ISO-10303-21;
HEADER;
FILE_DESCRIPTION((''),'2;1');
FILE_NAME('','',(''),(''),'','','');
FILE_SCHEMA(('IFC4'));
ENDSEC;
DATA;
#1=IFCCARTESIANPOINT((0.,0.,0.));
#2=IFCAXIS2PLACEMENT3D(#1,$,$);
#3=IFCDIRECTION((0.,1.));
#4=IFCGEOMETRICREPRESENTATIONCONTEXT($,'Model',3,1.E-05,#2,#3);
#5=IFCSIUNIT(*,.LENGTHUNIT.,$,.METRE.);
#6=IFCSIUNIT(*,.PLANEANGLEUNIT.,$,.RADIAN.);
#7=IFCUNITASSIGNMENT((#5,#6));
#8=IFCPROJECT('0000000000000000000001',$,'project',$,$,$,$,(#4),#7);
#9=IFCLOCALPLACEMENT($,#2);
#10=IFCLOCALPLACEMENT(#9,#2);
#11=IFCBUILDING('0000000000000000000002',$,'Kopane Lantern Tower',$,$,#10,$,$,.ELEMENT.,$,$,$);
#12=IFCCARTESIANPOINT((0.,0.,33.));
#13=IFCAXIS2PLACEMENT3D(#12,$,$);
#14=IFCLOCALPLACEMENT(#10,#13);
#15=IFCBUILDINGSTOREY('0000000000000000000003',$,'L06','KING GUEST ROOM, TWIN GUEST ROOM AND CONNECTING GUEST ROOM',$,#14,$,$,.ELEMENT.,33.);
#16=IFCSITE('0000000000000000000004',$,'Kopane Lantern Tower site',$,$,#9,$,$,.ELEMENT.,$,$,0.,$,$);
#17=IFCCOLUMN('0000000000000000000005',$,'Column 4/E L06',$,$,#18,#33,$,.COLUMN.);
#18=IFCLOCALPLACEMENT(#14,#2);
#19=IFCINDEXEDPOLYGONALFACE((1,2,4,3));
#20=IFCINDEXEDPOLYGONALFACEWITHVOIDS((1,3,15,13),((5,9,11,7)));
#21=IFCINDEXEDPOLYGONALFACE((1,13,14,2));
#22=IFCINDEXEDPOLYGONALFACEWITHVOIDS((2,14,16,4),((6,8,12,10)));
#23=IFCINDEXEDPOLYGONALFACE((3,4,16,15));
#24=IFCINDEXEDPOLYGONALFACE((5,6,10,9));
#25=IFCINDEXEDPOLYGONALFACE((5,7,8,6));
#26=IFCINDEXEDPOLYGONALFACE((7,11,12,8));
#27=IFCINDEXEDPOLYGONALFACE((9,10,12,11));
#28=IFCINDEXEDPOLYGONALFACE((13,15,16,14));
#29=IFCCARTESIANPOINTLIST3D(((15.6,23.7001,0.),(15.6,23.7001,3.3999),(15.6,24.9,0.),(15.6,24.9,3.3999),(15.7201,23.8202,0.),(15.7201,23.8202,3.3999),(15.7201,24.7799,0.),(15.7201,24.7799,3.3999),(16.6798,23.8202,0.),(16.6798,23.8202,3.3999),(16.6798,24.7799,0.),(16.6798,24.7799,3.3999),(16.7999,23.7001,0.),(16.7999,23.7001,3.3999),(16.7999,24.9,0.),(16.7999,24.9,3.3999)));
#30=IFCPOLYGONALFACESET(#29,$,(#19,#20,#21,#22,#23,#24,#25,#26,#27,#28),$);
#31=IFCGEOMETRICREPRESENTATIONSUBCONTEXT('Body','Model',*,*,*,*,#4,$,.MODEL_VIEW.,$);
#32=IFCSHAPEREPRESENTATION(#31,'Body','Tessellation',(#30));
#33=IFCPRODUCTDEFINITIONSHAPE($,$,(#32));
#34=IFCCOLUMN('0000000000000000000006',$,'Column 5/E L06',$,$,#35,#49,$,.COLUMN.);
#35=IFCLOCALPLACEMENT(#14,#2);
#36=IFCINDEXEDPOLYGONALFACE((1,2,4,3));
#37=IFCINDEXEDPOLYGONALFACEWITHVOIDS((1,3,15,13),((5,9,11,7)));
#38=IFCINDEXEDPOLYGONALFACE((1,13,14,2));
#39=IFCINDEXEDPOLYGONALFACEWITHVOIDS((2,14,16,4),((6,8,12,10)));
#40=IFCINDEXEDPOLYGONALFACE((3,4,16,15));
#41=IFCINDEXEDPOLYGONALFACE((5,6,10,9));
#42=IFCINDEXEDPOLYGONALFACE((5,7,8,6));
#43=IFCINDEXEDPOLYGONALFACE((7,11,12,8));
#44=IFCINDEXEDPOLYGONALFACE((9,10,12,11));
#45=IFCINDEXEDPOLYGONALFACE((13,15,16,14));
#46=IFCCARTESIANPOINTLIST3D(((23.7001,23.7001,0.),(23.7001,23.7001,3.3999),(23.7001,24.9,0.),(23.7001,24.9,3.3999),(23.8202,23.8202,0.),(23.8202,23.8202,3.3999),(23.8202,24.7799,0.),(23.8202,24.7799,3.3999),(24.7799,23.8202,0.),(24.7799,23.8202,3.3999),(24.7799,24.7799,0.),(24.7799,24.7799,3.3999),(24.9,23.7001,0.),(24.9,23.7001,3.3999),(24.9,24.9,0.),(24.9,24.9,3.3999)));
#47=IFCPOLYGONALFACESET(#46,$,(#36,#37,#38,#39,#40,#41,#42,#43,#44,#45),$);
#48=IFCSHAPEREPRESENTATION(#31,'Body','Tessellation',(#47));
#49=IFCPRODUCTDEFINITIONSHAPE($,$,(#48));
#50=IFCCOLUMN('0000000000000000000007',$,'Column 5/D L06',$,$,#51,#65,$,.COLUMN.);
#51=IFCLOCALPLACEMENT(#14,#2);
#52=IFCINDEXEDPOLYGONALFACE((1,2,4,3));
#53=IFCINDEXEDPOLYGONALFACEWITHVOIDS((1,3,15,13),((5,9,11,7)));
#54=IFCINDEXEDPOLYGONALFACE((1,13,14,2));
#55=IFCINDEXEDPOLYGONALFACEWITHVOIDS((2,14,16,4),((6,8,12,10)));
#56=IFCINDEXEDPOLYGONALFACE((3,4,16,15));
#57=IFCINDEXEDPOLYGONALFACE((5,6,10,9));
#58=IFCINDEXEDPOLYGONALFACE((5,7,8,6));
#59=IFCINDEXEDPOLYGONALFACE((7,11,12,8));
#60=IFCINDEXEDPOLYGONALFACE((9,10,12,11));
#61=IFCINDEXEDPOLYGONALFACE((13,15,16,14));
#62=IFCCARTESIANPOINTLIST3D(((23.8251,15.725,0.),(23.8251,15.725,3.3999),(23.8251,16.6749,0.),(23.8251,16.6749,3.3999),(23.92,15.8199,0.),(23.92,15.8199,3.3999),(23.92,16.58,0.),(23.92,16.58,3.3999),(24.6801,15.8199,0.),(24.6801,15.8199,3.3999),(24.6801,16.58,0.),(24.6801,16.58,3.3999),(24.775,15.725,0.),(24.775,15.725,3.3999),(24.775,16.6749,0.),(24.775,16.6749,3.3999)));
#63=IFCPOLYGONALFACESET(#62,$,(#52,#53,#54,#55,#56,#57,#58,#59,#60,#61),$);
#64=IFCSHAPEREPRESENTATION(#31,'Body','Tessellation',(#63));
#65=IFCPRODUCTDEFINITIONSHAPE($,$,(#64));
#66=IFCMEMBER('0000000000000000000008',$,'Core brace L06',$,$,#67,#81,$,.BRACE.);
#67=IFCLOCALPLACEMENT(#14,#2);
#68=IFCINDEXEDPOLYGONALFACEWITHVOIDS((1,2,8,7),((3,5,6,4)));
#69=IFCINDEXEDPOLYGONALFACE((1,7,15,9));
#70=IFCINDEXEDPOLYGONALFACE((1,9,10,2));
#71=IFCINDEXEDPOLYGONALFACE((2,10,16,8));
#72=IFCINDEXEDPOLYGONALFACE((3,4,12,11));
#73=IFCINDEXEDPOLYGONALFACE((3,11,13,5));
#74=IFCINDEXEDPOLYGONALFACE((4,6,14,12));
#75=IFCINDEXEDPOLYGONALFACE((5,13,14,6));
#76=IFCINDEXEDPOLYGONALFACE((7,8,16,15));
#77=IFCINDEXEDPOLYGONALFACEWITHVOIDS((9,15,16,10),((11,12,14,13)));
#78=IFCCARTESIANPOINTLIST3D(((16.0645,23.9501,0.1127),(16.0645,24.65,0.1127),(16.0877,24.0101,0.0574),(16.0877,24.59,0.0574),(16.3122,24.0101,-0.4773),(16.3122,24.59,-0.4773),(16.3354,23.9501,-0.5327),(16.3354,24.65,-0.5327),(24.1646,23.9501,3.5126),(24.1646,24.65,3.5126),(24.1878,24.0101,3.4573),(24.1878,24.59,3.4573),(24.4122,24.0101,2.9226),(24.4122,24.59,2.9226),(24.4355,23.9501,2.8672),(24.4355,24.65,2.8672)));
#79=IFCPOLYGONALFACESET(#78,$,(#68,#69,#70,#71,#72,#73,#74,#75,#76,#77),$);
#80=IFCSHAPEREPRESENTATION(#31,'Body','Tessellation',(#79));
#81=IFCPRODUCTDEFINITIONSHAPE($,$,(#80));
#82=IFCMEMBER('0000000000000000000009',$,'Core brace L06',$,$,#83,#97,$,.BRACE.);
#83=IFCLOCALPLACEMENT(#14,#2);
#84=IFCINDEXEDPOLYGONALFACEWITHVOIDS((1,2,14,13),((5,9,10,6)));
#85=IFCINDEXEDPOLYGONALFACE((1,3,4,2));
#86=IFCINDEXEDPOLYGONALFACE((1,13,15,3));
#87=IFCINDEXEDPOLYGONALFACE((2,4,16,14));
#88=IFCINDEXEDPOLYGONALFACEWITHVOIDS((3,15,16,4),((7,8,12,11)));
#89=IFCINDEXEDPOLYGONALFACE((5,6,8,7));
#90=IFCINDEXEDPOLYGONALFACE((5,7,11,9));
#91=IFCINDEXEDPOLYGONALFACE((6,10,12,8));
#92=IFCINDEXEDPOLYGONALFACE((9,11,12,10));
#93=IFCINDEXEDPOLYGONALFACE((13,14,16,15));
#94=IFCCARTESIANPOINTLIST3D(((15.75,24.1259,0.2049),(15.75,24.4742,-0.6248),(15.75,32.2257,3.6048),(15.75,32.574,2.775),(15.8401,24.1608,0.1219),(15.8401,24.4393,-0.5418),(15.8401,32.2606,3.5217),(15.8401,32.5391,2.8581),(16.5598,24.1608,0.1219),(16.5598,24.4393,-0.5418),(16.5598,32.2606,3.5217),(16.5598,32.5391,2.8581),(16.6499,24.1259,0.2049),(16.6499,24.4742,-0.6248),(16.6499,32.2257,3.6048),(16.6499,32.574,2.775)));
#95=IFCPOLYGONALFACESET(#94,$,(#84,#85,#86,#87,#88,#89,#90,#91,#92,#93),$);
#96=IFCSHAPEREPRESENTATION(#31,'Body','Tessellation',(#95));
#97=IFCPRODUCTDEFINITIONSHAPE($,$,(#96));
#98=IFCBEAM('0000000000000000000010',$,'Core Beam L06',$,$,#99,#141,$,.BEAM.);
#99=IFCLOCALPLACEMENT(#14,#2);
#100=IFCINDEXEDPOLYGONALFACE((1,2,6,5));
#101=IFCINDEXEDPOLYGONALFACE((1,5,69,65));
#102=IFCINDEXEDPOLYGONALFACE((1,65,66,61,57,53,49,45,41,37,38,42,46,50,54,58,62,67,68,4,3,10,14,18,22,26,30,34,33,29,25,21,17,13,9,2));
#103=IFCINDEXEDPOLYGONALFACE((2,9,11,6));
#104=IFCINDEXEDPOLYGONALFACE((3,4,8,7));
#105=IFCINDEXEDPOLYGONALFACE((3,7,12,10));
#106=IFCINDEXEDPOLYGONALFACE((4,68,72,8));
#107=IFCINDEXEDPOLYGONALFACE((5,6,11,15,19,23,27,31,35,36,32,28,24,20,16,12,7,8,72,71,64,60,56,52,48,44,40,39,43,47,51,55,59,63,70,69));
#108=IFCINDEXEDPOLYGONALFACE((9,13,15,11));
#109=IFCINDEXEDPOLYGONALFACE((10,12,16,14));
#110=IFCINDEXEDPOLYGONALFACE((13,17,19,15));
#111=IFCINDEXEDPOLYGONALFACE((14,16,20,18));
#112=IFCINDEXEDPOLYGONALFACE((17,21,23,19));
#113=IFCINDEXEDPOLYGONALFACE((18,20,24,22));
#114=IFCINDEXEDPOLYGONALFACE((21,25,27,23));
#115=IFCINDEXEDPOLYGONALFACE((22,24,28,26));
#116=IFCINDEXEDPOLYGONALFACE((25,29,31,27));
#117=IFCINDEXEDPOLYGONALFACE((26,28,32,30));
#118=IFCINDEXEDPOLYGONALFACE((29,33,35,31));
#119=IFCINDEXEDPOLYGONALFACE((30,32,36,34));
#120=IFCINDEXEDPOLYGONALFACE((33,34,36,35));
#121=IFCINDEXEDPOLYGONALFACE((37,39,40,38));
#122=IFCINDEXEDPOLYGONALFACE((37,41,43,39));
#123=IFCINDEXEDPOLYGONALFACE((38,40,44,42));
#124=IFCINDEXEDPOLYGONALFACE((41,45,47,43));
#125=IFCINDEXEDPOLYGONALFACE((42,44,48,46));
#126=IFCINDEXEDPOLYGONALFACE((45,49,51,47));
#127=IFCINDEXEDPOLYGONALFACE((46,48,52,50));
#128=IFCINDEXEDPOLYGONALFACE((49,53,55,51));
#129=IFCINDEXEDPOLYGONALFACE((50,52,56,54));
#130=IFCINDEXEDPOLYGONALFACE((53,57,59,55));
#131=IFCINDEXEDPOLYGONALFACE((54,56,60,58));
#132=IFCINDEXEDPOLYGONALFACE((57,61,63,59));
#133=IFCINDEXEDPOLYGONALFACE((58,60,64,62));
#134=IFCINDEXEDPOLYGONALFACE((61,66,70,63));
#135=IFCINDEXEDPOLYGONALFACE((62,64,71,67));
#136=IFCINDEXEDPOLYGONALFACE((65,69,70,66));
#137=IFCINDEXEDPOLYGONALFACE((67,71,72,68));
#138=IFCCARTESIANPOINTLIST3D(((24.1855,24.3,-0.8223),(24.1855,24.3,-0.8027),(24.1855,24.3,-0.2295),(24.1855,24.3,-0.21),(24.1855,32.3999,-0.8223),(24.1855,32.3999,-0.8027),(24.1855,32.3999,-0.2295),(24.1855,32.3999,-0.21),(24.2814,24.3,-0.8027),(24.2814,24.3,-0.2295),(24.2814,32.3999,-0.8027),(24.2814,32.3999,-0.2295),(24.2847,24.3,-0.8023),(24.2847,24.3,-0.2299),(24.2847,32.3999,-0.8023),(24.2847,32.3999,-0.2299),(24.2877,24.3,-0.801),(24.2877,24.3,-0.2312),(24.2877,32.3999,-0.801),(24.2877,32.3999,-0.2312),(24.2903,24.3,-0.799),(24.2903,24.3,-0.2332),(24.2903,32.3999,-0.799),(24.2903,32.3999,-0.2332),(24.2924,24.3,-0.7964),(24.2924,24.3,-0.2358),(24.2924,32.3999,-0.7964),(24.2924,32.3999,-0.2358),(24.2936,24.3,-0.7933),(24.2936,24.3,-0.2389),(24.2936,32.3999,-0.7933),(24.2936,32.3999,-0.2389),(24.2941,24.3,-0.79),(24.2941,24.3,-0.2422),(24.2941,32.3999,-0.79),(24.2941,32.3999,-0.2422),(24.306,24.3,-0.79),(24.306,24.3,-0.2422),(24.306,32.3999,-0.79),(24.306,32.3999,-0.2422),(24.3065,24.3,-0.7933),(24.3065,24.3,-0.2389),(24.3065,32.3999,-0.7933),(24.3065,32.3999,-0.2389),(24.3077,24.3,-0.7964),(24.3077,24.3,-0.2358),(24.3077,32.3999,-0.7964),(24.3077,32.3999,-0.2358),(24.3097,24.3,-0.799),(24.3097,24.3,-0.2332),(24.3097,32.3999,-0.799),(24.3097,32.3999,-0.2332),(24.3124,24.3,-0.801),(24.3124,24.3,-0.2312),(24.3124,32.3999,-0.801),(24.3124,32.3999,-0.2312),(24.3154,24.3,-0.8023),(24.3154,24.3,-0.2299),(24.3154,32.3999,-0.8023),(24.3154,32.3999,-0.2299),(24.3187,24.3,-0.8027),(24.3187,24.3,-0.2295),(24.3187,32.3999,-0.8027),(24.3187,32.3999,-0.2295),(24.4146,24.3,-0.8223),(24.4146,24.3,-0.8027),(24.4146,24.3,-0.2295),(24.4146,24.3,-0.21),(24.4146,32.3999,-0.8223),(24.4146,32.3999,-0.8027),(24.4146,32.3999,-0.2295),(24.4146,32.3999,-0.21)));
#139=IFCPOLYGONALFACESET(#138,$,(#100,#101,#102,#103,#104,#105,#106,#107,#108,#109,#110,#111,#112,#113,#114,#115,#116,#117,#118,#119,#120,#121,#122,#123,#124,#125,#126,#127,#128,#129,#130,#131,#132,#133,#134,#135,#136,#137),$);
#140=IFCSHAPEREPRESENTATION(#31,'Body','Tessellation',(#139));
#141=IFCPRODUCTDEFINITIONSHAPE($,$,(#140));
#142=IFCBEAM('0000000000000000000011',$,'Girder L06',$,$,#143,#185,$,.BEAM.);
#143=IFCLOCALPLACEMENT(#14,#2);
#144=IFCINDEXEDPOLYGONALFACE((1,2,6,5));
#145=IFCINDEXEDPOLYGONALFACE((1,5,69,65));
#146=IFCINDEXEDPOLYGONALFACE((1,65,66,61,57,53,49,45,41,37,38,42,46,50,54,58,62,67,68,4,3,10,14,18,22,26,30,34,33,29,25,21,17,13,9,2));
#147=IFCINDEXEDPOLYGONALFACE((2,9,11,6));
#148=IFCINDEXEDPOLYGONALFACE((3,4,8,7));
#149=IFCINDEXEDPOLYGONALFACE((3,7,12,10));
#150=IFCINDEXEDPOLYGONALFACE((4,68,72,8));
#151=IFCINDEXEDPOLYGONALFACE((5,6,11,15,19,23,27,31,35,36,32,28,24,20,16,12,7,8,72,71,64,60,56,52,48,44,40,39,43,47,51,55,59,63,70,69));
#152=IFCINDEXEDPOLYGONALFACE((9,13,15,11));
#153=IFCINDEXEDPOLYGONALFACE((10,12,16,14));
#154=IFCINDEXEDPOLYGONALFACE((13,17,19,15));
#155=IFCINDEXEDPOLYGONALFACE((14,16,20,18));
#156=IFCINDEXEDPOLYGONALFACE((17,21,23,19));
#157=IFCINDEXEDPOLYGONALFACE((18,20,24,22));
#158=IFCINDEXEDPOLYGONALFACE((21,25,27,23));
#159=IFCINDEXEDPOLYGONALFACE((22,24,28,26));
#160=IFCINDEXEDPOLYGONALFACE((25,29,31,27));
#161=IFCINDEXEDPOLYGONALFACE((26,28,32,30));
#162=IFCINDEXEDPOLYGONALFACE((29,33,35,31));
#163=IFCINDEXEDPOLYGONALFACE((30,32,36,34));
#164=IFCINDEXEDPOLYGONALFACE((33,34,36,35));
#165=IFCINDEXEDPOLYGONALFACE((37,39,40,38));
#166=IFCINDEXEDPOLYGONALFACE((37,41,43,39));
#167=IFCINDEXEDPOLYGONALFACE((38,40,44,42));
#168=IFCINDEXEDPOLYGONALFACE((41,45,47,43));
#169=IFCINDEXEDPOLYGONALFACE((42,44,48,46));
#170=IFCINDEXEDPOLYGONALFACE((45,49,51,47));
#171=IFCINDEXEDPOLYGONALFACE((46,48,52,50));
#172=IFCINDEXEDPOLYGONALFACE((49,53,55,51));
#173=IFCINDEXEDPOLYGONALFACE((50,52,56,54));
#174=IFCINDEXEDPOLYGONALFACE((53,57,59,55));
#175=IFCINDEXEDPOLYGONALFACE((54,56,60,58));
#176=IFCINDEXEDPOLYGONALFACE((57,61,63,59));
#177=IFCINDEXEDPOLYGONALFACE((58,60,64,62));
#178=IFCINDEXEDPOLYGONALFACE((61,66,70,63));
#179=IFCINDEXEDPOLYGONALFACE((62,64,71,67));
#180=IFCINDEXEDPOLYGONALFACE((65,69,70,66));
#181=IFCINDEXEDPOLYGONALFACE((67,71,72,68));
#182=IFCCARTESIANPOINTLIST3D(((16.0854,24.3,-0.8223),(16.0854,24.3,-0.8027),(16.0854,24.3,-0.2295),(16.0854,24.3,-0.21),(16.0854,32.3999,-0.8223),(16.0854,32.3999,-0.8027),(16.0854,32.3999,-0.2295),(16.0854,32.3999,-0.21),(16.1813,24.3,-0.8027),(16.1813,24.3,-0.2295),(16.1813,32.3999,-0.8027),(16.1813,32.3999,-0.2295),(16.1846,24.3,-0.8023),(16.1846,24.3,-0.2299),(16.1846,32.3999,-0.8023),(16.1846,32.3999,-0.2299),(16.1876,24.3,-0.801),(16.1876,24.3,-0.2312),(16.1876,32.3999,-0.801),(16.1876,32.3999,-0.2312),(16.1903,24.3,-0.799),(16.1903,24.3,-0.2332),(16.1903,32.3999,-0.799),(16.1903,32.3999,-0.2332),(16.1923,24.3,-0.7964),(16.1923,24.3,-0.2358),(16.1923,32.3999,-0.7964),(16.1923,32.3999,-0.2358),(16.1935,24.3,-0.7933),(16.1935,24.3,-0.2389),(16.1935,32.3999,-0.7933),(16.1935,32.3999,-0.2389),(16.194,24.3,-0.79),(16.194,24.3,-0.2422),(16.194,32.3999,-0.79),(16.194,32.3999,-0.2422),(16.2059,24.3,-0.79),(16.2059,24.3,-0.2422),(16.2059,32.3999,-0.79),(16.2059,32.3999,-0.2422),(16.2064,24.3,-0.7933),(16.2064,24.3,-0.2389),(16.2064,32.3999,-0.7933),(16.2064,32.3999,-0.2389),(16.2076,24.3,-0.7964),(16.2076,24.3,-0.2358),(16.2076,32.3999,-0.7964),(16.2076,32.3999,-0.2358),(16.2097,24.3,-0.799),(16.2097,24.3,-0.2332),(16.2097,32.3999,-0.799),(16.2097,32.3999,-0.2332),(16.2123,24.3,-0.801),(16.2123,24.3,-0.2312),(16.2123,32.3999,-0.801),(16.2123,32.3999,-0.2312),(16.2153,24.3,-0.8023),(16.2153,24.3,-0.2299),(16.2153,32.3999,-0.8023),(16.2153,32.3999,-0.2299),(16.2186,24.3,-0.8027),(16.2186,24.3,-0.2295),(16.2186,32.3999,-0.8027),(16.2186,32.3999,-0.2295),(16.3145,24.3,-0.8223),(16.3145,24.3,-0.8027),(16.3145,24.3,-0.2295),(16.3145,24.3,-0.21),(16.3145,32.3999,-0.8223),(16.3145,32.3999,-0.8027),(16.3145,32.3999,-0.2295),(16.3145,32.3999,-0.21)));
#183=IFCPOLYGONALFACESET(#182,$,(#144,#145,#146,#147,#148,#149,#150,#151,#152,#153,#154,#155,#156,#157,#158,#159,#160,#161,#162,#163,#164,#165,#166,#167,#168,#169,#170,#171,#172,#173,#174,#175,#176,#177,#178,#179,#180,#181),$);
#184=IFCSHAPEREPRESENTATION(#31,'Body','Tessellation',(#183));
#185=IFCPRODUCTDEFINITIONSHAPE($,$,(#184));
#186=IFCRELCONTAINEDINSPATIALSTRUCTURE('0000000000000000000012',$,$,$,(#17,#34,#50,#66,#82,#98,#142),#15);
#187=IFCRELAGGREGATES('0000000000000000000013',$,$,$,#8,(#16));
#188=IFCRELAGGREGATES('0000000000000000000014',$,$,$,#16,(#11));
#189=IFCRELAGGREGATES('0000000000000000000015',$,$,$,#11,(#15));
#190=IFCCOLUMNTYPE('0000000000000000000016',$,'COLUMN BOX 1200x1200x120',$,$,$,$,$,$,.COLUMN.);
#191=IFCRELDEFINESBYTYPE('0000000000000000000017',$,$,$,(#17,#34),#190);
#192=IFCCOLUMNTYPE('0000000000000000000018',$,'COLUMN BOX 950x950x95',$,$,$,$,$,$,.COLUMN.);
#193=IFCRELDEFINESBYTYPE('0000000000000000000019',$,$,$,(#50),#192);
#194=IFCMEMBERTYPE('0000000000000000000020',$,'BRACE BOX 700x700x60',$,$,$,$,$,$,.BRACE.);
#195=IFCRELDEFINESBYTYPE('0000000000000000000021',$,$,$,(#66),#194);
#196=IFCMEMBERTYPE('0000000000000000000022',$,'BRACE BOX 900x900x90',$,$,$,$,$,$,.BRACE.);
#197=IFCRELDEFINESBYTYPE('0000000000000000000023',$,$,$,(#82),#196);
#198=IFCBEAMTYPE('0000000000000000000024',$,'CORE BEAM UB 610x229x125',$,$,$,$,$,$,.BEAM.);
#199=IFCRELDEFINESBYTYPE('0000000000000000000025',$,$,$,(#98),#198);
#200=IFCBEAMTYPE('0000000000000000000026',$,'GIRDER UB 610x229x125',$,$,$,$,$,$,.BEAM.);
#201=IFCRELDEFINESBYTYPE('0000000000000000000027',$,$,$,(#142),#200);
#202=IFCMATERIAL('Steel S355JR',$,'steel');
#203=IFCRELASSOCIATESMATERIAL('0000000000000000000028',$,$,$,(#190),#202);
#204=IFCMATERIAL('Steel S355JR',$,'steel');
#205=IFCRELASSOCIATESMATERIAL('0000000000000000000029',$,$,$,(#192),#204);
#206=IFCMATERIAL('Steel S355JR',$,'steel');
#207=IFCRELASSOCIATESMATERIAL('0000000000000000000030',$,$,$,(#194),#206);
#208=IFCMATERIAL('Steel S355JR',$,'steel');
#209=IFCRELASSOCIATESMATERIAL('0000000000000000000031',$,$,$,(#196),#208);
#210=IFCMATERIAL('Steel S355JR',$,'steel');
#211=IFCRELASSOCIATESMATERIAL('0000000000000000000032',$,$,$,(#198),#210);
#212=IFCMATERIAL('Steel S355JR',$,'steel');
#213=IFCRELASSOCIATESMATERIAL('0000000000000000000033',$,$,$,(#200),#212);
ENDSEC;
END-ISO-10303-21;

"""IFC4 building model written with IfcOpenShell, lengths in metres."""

from ifc_helpers import new_model, si_unit, direction, frame, origin, origin_2d, place, context, subcontext, project, spatial, hollow_rectangle, i_section, extrude, material, material_profile, profile_set, type_object, element, save


model = new_model("IFC4")

# Units and contexts
model_context = context("Model", 3, precision=1e-05, world=origin(), true_north=direction((0.0, 1.0)))
body_context = subcontext(model_context, "Body", "Model", "MODEL_VIEW")
ifc_project = project(units=[si_unit("LENGTHUNIT", "METRE"), si_unit("PLANEANGLEUNIT", "RADIAN")], contexts=[model_context])

# Site, building, storey
site_placement = place(None, origin())
site = spatial("IfcSite", under=ifc_project, at=site_placement, Name="Kopane Lantern Tower site", CompositionType="ELEMENT", RefElevation=0.0)
building_placement = place(site_placement, origin())
building = spatial("IfcBuilding", under=site, at=building_placement, Name="Kopane Lantern Tower", CompositionType="ELEMENT")
storey_placement = place(building_placement, frame((0.0, 0.0, 33.0)))
storey = spatial("IfcBuildingStorey", under=building, at=storey_placement, Name="L06", Description="KING GUEST ROOM, TWIN GUEST ROOM AND CONNECTING GUEST ROOM", CompositionType="ELEMENT", Elevation=33.0)

# Columns
ifc_material_1 = material(Name="Steel S355JR", Category="steel")
ifc_material_profile_1 = material_profile(ifc_material_1, hollow_rectangle(XDim=1.2, YDim=1.2, WallThickness=0.1201, at=origin_2d()), Name="BOX 1200x1200x120")
ifc_profile_set_1 = profile_set([ifc_material_profile_1], Name="Steel S355JR")
column_type_1 = type_object("IfcColumnType", Name="COLUMN BOX 1200x1200x120", PredefinedType="COLUMN", material=ifc_profile_set_1)
for number, where, z_axis, x_axis, name in (
    (1, (16.2, 24.3, 0.0), (0.0, 0.0, 1.0), (1.0, 0.0, 0.0), "Column 4/E L06"),
    (2, (24.3, 24.3, 0.0), (0.0, 0.0, 1.0), (1.0, 0.0, 0.0), "Column 5/E L06"),
):
    element("IfcColumn", number, at=place(storey_placement, frame(where, z_axis=z_axis, x_axis=x_axis)), inside=storey, type_object=column_type_1, Name=name, PredefinedType="COLUMN", context=body_context, shape_type="SweptSolid", body=[
        extrude(hollow_rectangle(XDim=1.2, YDim=1.2, WallThickness=0.1201, at=origin_2d()), origin(), (0.0, 0.0, 1.0), 3.3999),
    ])
ifc_material_2 = material(Name="Steel S355JR", Category="steel")
ifc_material_profile_2 = material_profile(ifc_material_2, hollow_rectangle(XDim=0.95, YDim=0.95, WallThickness=0.095, at=origin_2d()), Name="BOX 950x950x95")
ifc_profile_set_2 = profile_set([ifc_material_profile_2], Name="Steel S355JR")
column_type_2 = type_object("IfcColumnType", Name="COLUMN BOX 950x950x95", PredefinedType="COLUMN", material=ifc_profile_set_2)
column_placement = place(storey_placement, frame((24.3, 16.2, 0.0), z_axis=(0.0, 0.0, 1.0), x_axis=(1.0, 0.0, 0.0)))
element("IfcColumn", 3, at=column_placement, inside=storey, type_object=column_type_2, Name="Column 5/D L06", PredefinedType="COLUMN", context=body_context, shape_type="SweptSolid", body=[
    extrude(hollow_rectangle(XDim=0.95, YDim=0.95, WallThickness=0.095, at=origin_2d()), origin(), (0.0, 0.0, 1.0), 3.3999),
])

# Members
ifc_material_3 = material(Name="Steel S355JR", Category="steel")
ifc_material_profile_3 = material_profile(ifc_material_3, hollow_rectangle(XDim=0.7, YDim=0.7, WallThickness=0.0601, at=origin_2d()), Name="BOX 700x700x60")
ifc_profile_set_3 = profile_set([ifc_material_profile_3], Name="Steel S355JR")
member_type_1 = type_object("IfcMemberType", Name="BRACE BOX 700x700x60", PredefinedType="BRACE", material=ifc_profile_set_3)
member_1_placement = place(storey_placement, frame((16.2, 24.3, -0.21), z_axis=(0.922069, 0.0, 0.387026), x_axis=(0.0, 1.0, 0.0)))
element("IfcMember", 4, at=member_1_placement, inside=storey, type_object=member_type_1, Name="Core brace L06", PredefinedType="BRACE", context=body_context, shape_type="SweptSolid", body=[
    extrude(hollow_rectangle(XDim=0.7, YDim=0.7, WallThickness=0.0601, at=origin_2d()), origin(), (0.0, 0.0, 1.0), 8.7847),
])
ifc_material_4 = material(Name="Steel S355JR", Category="steel")
ifc_material_profile_4 = material_profile(ifc_material_4, hollow_rectangle(XDim=0.8999, YDim=0.8999, WallThickness=0.0901, at=origin_2d()), Name="BOX 900x900x90")
ifc_profile_set_4 = profile_set([ifc_material_profile_4], Name="Steel S355JR")
member_type_2 = type_object("IfcMemberType", Name="BRACE BOX 900x900x90", PredefinedType="BRACE", material=ifc_profile_set_4)
member_2_placement = place(storey_placement, frame((16.2, 24.3, -0.21), z_axis=(0.0, 0.922065, 0.387035), x_axis=(-1.0, 0.0, 0.0)))
element("IfcMember", 5, at=member_2_placement, inside=storey, type_object=member_type_2, Name="Core brace L06", PredefinedType="BRACE", context=body_context, shape_type="SweptSolid", body=[
    extrude(hollow_rectangle(XDim=0.8999, YDim=0.8999, WallThickness=0.0901, at=origin_2d()), origin(), (0.0, 0.0, 1.0), 8.7844),
])

# Beams
ifc_material_5 = material(Name="Steel S355JR", Category="steel")
ifc_material_profile_5 = material_profile(ifc_material_5, i_section(OverallWidth=0.229, OverallDepth=0.6123, WebThickness=0.012, FlangeThickness=0.0195, FilletRadius=0.0127, at=origin_2d()), Name="UB 610x229x125")
ifc_profile_set_5 = profile_set([ifc_material_profile_5], Name="Steel S355JR")
beam_type_1 = type_object("IfcBeamType", Name="CORE BEAM UB 610x229x125", PredefinedType="BEAM", material=ifc_profile_set_5)
beam_1_placement = place(storey_placement, frame((24.3, 24.3, -0.5161), z_axis=(0.0, 1.0, 0.0), x_axis=(-1.0, 0.0, 0.0)))
element("IfcBeam", 6, at=beam_1_placement, inside=storey, type_object=beam_type_1, Name="Core Beam L06", PredefinedType="BEAM", context=body_context, shape_type="SweptSolid", body=[
    extrude(i_section(OverallWidth=0.229, OverallDepth=0.6123, WebThickness=0.012, FlangeThickness=0.0195, FilletRadius=0.0127, at=origin_2d()), origin(), (0.0, 0.0, 1.0), 8.0999),
])
ifc_material_6 = material(Name="Steel S355JR", Category="steel")
ifc_material_profile_6 = material_profile(ifc_material_6, i_section(OverallWidth=0.229, OverallDepth=0.6123, WebThickness=0.012, FlangeThickness=0.0195, FilletRadius=0.0127, at=origin_2d()), Name="UB 610x229x125")
ifc_profile_set_6 = profile_set([ifc_material_profile_6], Name="Steel S355JR")
beam_type_2 = type_object("IfcBeamType", Name="GIRDER UB 610x229x125", PredefinedType="BEAM", material=ifc_profile_set_6)
beam_2_placement = place(storey_placement, frame((16.2, 24.3, -0.5161), z_axis=(0.0, 1.0, 0.0), x_axis=(-1.0, 0.0, 0.0)))
element("IfcBeam", 7, at=beam_2_placement, inside=storey, type_object=beam_type_2, Name="Girder L06", PredefinedType="BEAM", context=body_context, shape_type="SweptSolid", body=[
    extrude(i_section(OverallWidth=0.229, OverallDepth=0.6123, WebThickness=0.012, FlangeThickness=0.0195, FilletRadius=0.0127, at=origin_2d()), origin(), (0.0, 0.0, 1.0), 8.0999),
])

save(model, "model.ifc")
